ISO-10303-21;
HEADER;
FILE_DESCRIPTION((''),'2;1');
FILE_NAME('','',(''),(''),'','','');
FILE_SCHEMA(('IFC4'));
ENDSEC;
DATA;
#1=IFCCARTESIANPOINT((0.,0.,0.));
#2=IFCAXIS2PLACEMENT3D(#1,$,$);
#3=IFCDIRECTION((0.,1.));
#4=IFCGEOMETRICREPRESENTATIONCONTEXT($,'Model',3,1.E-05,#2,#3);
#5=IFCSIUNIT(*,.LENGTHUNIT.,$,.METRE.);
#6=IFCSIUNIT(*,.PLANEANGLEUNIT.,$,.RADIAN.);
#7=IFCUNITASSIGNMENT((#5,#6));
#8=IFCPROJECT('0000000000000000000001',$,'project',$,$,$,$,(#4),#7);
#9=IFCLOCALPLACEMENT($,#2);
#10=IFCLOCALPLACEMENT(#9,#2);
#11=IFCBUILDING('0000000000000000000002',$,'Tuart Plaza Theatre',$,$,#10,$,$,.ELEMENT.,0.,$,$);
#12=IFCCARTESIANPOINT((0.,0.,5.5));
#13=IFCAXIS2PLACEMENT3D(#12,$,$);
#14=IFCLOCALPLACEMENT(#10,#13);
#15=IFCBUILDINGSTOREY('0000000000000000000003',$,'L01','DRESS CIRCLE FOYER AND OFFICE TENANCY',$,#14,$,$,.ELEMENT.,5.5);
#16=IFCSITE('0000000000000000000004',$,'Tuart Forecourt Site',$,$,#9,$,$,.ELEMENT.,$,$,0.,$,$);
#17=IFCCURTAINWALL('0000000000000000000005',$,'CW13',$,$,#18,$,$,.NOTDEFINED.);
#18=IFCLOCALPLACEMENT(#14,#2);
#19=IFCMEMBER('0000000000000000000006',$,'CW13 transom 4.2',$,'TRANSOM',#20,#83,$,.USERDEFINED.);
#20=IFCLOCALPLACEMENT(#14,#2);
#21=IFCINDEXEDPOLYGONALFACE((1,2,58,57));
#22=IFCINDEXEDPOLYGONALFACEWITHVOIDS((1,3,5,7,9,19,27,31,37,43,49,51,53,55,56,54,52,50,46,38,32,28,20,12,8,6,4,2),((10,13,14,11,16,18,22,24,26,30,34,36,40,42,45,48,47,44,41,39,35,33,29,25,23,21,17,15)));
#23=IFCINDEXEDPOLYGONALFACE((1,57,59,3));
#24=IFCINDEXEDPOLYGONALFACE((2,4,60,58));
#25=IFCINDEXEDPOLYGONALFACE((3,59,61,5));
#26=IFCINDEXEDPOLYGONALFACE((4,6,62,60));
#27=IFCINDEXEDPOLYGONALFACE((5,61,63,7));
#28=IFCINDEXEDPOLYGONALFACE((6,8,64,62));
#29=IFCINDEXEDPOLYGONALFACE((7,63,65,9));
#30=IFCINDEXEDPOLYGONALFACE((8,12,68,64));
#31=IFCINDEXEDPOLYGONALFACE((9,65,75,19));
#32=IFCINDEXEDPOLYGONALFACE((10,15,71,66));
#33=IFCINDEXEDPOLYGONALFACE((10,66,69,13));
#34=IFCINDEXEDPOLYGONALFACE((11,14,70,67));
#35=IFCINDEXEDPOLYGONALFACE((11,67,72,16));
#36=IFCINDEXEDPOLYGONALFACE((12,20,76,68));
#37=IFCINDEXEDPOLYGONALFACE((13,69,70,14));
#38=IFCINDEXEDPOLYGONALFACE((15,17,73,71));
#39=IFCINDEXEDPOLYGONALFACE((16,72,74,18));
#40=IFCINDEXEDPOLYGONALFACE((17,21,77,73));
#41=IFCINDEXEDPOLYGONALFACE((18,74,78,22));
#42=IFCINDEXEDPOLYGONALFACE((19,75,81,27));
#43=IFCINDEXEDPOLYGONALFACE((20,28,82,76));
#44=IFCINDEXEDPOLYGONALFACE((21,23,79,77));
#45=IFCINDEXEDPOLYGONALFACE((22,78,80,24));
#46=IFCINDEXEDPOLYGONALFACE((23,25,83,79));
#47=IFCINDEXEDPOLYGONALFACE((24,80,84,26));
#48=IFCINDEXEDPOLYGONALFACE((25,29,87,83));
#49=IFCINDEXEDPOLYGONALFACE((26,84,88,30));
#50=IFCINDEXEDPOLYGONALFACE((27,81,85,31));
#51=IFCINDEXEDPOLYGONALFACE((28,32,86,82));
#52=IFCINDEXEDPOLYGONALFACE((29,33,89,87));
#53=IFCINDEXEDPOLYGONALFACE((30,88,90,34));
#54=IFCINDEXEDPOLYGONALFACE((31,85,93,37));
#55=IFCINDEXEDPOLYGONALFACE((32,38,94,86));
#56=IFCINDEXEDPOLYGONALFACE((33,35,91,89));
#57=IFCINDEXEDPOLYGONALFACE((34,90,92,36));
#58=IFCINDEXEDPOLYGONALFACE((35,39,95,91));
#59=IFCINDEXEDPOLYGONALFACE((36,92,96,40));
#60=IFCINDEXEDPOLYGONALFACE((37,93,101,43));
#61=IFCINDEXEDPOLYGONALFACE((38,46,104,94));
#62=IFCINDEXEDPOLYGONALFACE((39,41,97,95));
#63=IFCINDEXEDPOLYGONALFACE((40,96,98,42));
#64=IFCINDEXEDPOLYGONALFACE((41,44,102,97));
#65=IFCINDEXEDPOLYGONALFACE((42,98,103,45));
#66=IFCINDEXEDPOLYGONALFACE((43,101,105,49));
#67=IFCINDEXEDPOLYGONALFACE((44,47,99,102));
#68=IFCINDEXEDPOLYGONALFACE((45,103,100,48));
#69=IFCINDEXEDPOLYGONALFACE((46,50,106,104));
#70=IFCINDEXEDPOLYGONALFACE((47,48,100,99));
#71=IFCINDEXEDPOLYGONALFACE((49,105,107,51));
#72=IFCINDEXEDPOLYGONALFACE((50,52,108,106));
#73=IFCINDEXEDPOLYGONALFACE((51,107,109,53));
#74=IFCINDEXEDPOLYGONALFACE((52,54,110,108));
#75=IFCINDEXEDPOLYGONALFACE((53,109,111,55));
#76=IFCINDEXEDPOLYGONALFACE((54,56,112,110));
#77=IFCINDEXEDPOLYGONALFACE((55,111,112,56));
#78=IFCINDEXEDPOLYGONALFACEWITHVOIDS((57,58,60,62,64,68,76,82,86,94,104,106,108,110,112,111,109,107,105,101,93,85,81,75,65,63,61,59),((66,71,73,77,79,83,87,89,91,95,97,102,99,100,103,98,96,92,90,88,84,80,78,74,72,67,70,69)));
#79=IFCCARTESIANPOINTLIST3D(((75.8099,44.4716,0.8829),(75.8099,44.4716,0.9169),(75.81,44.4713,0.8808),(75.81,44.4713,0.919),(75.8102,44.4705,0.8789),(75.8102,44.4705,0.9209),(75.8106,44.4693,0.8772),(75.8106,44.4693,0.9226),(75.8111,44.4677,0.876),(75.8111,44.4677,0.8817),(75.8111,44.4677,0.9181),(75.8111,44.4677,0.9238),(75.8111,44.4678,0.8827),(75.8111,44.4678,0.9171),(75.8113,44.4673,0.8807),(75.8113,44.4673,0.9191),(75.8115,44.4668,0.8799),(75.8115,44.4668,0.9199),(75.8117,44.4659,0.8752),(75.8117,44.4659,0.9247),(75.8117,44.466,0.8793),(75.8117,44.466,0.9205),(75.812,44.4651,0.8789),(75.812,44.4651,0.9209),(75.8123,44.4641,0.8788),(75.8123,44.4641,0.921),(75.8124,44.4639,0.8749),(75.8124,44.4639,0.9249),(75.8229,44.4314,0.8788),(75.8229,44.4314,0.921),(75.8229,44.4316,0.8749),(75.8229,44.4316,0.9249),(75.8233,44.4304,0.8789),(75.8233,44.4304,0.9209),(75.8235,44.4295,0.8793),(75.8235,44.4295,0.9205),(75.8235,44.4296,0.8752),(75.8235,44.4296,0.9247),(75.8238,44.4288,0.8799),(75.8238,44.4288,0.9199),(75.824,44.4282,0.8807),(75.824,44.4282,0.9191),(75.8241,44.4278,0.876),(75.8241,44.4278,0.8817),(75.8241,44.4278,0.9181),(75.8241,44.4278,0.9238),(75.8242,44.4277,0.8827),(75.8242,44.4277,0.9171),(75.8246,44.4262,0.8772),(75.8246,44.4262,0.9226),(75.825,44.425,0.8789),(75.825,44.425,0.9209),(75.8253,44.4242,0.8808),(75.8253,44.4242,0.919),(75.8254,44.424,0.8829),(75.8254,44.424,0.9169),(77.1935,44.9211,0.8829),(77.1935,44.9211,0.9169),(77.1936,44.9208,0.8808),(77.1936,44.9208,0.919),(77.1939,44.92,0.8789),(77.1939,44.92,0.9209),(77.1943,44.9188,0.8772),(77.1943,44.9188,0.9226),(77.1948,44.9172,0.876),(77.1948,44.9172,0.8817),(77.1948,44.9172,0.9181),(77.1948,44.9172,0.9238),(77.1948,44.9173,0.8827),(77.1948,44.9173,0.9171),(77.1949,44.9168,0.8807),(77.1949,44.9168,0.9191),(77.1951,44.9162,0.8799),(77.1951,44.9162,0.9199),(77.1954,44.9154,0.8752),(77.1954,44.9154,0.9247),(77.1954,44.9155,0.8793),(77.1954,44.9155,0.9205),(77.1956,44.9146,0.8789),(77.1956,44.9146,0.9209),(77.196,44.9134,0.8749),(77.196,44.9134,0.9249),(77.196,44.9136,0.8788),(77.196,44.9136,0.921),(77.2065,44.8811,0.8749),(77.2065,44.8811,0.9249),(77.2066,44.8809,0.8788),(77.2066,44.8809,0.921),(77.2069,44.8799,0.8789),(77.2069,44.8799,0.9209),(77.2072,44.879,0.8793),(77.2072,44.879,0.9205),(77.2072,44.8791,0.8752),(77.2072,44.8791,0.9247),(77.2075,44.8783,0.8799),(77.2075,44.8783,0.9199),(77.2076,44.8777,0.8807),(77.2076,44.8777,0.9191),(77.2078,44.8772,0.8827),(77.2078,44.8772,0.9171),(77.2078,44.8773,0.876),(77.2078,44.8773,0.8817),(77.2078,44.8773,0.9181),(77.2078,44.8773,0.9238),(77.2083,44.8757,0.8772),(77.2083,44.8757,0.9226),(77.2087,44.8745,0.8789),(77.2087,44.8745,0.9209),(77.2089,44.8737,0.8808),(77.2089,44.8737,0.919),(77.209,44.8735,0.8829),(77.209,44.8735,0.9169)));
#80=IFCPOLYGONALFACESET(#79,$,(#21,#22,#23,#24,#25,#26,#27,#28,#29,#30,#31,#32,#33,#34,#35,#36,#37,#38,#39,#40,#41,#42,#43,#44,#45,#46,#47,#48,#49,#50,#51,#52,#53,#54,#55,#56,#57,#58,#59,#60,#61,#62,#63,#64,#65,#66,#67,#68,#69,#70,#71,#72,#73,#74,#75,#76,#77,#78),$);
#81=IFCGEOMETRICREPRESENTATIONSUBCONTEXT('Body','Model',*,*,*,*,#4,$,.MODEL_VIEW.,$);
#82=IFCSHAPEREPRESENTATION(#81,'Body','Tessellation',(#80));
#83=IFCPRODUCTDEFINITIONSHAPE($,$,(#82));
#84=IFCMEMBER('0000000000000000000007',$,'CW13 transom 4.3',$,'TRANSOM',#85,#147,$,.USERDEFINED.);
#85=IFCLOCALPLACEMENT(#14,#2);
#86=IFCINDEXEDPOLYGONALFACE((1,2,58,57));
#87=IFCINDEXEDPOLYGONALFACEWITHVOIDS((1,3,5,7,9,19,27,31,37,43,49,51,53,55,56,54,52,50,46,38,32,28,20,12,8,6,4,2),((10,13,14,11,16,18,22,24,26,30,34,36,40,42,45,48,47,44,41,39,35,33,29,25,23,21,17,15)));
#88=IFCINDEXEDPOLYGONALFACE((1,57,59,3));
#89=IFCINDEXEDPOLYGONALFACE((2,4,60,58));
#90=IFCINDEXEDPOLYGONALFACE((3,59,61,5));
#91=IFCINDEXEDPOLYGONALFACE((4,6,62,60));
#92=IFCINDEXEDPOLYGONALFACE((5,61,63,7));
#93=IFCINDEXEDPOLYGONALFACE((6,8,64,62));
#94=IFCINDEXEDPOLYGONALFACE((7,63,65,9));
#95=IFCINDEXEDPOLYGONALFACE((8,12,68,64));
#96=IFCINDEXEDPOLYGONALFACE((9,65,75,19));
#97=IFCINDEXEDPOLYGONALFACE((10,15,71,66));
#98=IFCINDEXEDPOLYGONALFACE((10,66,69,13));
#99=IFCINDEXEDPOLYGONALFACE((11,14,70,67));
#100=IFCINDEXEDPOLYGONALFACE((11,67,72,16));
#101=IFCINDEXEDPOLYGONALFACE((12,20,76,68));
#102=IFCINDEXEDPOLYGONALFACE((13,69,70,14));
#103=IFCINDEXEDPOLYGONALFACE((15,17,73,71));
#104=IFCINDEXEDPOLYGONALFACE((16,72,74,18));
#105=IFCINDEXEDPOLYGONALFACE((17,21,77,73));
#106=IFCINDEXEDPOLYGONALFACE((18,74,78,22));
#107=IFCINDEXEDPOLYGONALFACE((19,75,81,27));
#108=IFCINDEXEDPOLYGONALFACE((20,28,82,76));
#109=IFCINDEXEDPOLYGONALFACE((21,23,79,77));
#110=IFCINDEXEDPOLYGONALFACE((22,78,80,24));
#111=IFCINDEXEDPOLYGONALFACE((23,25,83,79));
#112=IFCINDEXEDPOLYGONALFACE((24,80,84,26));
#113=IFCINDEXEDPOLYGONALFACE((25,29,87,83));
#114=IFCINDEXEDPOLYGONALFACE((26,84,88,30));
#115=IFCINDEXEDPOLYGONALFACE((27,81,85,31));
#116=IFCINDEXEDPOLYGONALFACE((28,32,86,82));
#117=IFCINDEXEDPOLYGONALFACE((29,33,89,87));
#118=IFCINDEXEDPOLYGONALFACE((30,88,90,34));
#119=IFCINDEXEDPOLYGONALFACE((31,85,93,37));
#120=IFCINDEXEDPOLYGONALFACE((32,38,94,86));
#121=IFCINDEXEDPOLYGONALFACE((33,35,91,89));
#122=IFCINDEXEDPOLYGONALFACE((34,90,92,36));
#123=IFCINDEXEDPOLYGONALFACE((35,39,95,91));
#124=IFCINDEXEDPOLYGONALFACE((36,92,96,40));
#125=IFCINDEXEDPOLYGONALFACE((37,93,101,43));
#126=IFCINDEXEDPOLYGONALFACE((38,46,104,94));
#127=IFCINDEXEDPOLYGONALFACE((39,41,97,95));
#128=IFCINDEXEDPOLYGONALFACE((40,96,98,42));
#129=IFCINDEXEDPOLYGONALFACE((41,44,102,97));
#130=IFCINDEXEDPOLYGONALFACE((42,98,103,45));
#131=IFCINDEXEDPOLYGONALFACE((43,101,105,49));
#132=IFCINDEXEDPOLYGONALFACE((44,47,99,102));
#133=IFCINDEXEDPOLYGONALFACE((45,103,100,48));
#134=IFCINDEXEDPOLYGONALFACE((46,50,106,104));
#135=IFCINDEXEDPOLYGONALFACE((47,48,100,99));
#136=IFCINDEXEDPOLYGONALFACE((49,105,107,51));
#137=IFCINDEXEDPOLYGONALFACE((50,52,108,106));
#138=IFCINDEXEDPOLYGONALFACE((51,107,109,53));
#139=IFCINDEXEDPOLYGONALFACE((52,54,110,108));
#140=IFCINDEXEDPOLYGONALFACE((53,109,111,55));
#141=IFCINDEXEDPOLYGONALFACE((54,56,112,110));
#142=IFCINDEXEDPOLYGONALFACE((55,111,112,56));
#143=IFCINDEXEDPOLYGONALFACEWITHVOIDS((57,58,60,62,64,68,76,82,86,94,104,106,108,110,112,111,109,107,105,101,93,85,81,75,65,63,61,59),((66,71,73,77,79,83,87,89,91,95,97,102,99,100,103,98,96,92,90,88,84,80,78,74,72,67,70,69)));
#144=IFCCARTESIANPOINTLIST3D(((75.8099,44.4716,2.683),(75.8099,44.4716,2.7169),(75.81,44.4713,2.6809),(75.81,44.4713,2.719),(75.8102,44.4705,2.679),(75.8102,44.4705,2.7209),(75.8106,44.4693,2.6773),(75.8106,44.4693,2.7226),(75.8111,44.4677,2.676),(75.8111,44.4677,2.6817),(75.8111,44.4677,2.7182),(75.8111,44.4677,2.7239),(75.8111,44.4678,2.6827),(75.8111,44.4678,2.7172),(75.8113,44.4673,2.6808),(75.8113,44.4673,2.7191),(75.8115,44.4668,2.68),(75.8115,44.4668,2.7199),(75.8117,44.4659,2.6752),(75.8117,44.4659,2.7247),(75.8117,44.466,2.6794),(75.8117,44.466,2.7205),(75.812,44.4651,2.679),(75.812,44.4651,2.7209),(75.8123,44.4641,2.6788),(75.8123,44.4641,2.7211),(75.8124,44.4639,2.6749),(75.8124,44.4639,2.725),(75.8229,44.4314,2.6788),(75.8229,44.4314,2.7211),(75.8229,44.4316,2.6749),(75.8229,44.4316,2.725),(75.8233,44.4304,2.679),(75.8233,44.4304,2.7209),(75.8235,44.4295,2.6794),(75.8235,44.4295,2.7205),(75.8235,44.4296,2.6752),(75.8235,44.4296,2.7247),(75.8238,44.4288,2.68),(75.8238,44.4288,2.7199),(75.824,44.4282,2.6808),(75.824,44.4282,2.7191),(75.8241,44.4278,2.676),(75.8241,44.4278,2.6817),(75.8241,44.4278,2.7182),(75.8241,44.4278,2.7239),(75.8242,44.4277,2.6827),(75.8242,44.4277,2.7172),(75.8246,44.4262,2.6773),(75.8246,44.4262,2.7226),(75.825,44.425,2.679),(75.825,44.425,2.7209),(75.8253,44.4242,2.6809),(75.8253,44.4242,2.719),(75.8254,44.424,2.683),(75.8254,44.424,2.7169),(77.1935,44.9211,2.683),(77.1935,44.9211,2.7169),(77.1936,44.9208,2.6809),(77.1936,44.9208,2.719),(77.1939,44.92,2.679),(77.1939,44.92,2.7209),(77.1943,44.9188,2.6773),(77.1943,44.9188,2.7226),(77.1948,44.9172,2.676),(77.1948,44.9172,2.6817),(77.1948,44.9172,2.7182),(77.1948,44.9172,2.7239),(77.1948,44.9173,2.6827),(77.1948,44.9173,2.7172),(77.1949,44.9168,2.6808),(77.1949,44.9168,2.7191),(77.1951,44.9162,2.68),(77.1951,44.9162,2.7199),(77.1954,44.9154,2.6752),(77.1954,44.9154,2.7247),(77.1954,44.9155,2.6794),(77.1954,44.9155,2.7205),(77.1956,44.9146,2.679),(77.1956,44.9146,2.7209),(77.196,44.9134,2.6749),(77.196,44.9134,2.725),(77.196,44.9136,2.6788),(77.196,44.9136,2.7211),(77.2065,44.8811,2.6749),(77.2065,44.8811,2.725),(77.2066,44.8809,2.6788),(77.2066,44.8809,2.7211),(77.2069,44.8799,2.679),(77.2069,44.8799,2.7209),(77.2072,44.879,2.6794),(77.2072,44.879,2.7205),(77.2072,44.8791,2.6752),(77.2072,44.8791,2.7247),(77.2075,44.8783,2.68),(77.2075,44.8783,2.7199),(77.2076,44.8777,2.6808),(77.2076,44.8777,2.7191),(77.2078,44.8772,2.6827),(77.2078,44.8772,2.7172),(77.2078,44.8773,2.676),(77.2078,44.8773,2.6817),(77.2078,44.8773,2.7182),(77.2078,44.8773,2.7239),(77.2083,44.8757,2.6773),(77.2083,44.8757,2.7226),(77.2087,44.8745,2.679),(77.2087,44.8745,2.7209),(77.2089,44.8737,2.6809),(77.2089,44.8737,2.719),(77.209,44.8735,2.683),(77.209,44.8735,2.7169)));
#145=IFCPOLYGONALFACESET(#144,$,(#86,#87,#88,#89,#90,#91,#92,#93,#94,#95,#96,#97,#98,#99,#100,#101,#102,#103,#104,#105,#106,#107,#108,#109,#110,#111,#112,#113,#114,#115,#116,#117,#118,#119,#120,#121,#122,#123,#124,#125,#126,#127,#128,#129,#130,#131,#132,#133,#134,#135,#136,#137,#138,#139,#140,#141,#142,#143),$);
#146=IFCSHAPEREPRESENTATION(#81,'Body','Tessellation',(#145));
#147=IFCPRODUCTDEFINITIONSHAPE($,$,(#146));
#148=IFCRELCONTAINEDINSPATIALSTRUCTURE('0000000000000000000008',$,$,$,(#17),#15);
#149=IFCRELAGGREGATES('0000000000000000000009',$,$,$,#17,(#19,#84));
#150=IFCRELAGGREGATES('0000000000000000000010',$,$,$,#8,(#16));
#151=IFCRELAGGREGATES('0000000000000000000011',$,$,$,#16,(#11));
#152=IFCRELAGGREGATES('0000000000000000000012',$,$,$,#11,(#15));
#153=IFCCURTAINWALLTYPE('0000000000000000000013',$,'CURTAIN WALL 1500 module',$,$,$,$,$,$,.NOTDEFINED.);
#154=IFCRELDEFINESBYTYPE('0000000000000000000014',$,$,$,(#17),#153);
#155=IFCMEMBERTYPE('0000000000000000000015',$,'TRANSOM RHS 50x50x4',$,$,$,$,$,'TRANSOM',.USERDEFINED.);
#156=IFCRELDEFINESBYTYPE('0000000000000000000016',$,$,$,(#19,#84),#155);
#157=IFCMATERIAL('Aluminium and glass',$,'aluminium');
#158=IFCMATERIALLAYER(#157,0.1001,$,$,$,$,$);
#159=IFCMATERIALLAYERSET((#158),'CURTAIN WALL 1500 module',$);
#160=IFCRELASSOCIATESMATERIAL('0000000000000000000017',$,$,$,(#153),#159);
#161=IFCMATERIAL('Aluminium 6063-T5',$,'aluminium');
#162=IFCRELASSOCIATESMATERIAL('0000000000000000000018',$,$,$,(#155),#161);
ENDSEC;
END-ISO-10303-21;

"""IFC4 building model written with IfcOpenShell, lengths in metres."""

from ifc_helpers import new_model, si_unit, direction, frame, origin, origin_2d, place, context, subcontext, project, spatial, hollow_rectangle, extrude, material, layer, layer_set, material_profile, profile_set, type_object, element, aggregate, save


model = new_model("IFC4")

# Units and contexts
model_context = context("Model", 3, precision=1e-05, world=origin(), true_north=direction((0.0, 1.0)))
body_context = subcontext(model_context, "Body", "Model", "MODEL_VIEW")
ifc_project = project(units=[si_unit("LENGTHUNIT", "METRE"), si_unit("PLANEANGLEUNIT", "RADIAN")], contexts=[model_context])

# Site, building, storey
site_placement = place(None, origin())
site = spatial("IfcSite", under=ifc_project, at=site_placement, Name="Tuart Forecourt Site", CompositionType="ELEMENT", RefElevation=0.0)
building_placement = place(site_placement, origin())
building = spatial("IfcBuilding", under=site, at=building_placement, Name="Tuart Plaza Theatre", CompositionType="ELEMENT", ElevationOfRefHeight=0.0)
storey_placement = place(building_placement, frame((0.0, 0.0, 5.5)))
storey = spatial("IfcBuildingStorey", under=building, at=storey_placement, Name="L01", Description="DRESS CIRCLE FOYER AND OFFICE TENANCY", CompositionType="ELEMENT", Elevation=5.5)

# Curtain wall, members
ifc_material_1 = material(Name="Aluminium and glass", Category="aluminium")
ifc_layer_1 = layer(ifc_material_1, 0.1001)
ifc_layer_set_1 = layer_set([ifc_layer_1], Name="CURTAIN WALL 1500 module")
curtain_wall_type = type_object("IfcCurtainWallType", Name="CURTAIN WALL 1500 module", PredefinedType="NOTDEFINED", material=ifc_layer_set_1)
curtain_wall_placement = place(storey_placement, origin())
curtain_wall = element("IfcCurtainWall", 1, at=curtain_wall_placement, inside=storey, type_object=curtain_wall_type, Name="CW13", PredefinedType="NOTDEFINED")
ifc_material_2 = material(Name="Aluminium 6063-T5", Category="aluminium")
ifc_material_profile_1 = material_profile(ifc_material_2, hollow_rectangle(XDim=0.05, YDim=0.05, WallThickness=0.0039, InnerFilletRadius=0.0039, OuterFilletRadius=0.0081, at=origin_2d()), Name="RHS 50x50x4")
ifc_profile_set_1 = profile_set([ifc_material_profile_1], Name="Aluminium 6063-T5")
member_type_1 = type_object("IfcMemberType", Name="TRANSOM RHS 50x50x4", ElementType="TRANSOM", PredefinedType="USERDEFINED", material=ifc_profile_set_1)
member_1_placement = place(storey_placement, frame((75.8176, 44.4478, 0.8999), z_axis=(0.951072, 0.308968, 0.0), x_axis=(-0.308968, 0.951072, 0.0)))
member_1 = element("IfcMember", 2, at=member_1_placement, type_object=member_type_1, Name="CW13 transom 4.2", ObjectType="TRANSOM", PredefinedType="USERDEFINED", context=body_context, shape_type="SweptSolid", body=[
    extrude(hollow_rectangle(XDim=0.05, YDim=0.05, WallThickness=0.0039, InnerFilletRadius=0.0039, OuterFilletRadius=0.0081, at=origin_2d()), origin(), (0.0, 0.0, 1.0), 1.4548),
])
member_2_placement = place(storey_placement, frame((75.8176, 44.4478, 2.7), z_axis=(0.951072, 0.308968, 0.0), x_axis=(-0.308968, 0.951072, 0.0)))
member_2 = element("IfcMember", 3, at=member_2_placement, type_object=member_type_1, Name="CW13 transom 4.3", ObjectType="TRANSOM", PredefinedType="USERDEFINED", context=body_context, shape_type="SweptSolid", body=[
    extrude(hollow_rectangle(XDim=0.05, YDim=0.05, WallThickness=0.0039, InnerFilletRadius=0.0039, OuterFilletRadius=0.0081, at=origin_2d()), origin(), (0.0, 0.0, 1.0), 1.4548),
])
aggregate(curtain_wall, [member_1, member_2])

save(model, "model.ifc")
